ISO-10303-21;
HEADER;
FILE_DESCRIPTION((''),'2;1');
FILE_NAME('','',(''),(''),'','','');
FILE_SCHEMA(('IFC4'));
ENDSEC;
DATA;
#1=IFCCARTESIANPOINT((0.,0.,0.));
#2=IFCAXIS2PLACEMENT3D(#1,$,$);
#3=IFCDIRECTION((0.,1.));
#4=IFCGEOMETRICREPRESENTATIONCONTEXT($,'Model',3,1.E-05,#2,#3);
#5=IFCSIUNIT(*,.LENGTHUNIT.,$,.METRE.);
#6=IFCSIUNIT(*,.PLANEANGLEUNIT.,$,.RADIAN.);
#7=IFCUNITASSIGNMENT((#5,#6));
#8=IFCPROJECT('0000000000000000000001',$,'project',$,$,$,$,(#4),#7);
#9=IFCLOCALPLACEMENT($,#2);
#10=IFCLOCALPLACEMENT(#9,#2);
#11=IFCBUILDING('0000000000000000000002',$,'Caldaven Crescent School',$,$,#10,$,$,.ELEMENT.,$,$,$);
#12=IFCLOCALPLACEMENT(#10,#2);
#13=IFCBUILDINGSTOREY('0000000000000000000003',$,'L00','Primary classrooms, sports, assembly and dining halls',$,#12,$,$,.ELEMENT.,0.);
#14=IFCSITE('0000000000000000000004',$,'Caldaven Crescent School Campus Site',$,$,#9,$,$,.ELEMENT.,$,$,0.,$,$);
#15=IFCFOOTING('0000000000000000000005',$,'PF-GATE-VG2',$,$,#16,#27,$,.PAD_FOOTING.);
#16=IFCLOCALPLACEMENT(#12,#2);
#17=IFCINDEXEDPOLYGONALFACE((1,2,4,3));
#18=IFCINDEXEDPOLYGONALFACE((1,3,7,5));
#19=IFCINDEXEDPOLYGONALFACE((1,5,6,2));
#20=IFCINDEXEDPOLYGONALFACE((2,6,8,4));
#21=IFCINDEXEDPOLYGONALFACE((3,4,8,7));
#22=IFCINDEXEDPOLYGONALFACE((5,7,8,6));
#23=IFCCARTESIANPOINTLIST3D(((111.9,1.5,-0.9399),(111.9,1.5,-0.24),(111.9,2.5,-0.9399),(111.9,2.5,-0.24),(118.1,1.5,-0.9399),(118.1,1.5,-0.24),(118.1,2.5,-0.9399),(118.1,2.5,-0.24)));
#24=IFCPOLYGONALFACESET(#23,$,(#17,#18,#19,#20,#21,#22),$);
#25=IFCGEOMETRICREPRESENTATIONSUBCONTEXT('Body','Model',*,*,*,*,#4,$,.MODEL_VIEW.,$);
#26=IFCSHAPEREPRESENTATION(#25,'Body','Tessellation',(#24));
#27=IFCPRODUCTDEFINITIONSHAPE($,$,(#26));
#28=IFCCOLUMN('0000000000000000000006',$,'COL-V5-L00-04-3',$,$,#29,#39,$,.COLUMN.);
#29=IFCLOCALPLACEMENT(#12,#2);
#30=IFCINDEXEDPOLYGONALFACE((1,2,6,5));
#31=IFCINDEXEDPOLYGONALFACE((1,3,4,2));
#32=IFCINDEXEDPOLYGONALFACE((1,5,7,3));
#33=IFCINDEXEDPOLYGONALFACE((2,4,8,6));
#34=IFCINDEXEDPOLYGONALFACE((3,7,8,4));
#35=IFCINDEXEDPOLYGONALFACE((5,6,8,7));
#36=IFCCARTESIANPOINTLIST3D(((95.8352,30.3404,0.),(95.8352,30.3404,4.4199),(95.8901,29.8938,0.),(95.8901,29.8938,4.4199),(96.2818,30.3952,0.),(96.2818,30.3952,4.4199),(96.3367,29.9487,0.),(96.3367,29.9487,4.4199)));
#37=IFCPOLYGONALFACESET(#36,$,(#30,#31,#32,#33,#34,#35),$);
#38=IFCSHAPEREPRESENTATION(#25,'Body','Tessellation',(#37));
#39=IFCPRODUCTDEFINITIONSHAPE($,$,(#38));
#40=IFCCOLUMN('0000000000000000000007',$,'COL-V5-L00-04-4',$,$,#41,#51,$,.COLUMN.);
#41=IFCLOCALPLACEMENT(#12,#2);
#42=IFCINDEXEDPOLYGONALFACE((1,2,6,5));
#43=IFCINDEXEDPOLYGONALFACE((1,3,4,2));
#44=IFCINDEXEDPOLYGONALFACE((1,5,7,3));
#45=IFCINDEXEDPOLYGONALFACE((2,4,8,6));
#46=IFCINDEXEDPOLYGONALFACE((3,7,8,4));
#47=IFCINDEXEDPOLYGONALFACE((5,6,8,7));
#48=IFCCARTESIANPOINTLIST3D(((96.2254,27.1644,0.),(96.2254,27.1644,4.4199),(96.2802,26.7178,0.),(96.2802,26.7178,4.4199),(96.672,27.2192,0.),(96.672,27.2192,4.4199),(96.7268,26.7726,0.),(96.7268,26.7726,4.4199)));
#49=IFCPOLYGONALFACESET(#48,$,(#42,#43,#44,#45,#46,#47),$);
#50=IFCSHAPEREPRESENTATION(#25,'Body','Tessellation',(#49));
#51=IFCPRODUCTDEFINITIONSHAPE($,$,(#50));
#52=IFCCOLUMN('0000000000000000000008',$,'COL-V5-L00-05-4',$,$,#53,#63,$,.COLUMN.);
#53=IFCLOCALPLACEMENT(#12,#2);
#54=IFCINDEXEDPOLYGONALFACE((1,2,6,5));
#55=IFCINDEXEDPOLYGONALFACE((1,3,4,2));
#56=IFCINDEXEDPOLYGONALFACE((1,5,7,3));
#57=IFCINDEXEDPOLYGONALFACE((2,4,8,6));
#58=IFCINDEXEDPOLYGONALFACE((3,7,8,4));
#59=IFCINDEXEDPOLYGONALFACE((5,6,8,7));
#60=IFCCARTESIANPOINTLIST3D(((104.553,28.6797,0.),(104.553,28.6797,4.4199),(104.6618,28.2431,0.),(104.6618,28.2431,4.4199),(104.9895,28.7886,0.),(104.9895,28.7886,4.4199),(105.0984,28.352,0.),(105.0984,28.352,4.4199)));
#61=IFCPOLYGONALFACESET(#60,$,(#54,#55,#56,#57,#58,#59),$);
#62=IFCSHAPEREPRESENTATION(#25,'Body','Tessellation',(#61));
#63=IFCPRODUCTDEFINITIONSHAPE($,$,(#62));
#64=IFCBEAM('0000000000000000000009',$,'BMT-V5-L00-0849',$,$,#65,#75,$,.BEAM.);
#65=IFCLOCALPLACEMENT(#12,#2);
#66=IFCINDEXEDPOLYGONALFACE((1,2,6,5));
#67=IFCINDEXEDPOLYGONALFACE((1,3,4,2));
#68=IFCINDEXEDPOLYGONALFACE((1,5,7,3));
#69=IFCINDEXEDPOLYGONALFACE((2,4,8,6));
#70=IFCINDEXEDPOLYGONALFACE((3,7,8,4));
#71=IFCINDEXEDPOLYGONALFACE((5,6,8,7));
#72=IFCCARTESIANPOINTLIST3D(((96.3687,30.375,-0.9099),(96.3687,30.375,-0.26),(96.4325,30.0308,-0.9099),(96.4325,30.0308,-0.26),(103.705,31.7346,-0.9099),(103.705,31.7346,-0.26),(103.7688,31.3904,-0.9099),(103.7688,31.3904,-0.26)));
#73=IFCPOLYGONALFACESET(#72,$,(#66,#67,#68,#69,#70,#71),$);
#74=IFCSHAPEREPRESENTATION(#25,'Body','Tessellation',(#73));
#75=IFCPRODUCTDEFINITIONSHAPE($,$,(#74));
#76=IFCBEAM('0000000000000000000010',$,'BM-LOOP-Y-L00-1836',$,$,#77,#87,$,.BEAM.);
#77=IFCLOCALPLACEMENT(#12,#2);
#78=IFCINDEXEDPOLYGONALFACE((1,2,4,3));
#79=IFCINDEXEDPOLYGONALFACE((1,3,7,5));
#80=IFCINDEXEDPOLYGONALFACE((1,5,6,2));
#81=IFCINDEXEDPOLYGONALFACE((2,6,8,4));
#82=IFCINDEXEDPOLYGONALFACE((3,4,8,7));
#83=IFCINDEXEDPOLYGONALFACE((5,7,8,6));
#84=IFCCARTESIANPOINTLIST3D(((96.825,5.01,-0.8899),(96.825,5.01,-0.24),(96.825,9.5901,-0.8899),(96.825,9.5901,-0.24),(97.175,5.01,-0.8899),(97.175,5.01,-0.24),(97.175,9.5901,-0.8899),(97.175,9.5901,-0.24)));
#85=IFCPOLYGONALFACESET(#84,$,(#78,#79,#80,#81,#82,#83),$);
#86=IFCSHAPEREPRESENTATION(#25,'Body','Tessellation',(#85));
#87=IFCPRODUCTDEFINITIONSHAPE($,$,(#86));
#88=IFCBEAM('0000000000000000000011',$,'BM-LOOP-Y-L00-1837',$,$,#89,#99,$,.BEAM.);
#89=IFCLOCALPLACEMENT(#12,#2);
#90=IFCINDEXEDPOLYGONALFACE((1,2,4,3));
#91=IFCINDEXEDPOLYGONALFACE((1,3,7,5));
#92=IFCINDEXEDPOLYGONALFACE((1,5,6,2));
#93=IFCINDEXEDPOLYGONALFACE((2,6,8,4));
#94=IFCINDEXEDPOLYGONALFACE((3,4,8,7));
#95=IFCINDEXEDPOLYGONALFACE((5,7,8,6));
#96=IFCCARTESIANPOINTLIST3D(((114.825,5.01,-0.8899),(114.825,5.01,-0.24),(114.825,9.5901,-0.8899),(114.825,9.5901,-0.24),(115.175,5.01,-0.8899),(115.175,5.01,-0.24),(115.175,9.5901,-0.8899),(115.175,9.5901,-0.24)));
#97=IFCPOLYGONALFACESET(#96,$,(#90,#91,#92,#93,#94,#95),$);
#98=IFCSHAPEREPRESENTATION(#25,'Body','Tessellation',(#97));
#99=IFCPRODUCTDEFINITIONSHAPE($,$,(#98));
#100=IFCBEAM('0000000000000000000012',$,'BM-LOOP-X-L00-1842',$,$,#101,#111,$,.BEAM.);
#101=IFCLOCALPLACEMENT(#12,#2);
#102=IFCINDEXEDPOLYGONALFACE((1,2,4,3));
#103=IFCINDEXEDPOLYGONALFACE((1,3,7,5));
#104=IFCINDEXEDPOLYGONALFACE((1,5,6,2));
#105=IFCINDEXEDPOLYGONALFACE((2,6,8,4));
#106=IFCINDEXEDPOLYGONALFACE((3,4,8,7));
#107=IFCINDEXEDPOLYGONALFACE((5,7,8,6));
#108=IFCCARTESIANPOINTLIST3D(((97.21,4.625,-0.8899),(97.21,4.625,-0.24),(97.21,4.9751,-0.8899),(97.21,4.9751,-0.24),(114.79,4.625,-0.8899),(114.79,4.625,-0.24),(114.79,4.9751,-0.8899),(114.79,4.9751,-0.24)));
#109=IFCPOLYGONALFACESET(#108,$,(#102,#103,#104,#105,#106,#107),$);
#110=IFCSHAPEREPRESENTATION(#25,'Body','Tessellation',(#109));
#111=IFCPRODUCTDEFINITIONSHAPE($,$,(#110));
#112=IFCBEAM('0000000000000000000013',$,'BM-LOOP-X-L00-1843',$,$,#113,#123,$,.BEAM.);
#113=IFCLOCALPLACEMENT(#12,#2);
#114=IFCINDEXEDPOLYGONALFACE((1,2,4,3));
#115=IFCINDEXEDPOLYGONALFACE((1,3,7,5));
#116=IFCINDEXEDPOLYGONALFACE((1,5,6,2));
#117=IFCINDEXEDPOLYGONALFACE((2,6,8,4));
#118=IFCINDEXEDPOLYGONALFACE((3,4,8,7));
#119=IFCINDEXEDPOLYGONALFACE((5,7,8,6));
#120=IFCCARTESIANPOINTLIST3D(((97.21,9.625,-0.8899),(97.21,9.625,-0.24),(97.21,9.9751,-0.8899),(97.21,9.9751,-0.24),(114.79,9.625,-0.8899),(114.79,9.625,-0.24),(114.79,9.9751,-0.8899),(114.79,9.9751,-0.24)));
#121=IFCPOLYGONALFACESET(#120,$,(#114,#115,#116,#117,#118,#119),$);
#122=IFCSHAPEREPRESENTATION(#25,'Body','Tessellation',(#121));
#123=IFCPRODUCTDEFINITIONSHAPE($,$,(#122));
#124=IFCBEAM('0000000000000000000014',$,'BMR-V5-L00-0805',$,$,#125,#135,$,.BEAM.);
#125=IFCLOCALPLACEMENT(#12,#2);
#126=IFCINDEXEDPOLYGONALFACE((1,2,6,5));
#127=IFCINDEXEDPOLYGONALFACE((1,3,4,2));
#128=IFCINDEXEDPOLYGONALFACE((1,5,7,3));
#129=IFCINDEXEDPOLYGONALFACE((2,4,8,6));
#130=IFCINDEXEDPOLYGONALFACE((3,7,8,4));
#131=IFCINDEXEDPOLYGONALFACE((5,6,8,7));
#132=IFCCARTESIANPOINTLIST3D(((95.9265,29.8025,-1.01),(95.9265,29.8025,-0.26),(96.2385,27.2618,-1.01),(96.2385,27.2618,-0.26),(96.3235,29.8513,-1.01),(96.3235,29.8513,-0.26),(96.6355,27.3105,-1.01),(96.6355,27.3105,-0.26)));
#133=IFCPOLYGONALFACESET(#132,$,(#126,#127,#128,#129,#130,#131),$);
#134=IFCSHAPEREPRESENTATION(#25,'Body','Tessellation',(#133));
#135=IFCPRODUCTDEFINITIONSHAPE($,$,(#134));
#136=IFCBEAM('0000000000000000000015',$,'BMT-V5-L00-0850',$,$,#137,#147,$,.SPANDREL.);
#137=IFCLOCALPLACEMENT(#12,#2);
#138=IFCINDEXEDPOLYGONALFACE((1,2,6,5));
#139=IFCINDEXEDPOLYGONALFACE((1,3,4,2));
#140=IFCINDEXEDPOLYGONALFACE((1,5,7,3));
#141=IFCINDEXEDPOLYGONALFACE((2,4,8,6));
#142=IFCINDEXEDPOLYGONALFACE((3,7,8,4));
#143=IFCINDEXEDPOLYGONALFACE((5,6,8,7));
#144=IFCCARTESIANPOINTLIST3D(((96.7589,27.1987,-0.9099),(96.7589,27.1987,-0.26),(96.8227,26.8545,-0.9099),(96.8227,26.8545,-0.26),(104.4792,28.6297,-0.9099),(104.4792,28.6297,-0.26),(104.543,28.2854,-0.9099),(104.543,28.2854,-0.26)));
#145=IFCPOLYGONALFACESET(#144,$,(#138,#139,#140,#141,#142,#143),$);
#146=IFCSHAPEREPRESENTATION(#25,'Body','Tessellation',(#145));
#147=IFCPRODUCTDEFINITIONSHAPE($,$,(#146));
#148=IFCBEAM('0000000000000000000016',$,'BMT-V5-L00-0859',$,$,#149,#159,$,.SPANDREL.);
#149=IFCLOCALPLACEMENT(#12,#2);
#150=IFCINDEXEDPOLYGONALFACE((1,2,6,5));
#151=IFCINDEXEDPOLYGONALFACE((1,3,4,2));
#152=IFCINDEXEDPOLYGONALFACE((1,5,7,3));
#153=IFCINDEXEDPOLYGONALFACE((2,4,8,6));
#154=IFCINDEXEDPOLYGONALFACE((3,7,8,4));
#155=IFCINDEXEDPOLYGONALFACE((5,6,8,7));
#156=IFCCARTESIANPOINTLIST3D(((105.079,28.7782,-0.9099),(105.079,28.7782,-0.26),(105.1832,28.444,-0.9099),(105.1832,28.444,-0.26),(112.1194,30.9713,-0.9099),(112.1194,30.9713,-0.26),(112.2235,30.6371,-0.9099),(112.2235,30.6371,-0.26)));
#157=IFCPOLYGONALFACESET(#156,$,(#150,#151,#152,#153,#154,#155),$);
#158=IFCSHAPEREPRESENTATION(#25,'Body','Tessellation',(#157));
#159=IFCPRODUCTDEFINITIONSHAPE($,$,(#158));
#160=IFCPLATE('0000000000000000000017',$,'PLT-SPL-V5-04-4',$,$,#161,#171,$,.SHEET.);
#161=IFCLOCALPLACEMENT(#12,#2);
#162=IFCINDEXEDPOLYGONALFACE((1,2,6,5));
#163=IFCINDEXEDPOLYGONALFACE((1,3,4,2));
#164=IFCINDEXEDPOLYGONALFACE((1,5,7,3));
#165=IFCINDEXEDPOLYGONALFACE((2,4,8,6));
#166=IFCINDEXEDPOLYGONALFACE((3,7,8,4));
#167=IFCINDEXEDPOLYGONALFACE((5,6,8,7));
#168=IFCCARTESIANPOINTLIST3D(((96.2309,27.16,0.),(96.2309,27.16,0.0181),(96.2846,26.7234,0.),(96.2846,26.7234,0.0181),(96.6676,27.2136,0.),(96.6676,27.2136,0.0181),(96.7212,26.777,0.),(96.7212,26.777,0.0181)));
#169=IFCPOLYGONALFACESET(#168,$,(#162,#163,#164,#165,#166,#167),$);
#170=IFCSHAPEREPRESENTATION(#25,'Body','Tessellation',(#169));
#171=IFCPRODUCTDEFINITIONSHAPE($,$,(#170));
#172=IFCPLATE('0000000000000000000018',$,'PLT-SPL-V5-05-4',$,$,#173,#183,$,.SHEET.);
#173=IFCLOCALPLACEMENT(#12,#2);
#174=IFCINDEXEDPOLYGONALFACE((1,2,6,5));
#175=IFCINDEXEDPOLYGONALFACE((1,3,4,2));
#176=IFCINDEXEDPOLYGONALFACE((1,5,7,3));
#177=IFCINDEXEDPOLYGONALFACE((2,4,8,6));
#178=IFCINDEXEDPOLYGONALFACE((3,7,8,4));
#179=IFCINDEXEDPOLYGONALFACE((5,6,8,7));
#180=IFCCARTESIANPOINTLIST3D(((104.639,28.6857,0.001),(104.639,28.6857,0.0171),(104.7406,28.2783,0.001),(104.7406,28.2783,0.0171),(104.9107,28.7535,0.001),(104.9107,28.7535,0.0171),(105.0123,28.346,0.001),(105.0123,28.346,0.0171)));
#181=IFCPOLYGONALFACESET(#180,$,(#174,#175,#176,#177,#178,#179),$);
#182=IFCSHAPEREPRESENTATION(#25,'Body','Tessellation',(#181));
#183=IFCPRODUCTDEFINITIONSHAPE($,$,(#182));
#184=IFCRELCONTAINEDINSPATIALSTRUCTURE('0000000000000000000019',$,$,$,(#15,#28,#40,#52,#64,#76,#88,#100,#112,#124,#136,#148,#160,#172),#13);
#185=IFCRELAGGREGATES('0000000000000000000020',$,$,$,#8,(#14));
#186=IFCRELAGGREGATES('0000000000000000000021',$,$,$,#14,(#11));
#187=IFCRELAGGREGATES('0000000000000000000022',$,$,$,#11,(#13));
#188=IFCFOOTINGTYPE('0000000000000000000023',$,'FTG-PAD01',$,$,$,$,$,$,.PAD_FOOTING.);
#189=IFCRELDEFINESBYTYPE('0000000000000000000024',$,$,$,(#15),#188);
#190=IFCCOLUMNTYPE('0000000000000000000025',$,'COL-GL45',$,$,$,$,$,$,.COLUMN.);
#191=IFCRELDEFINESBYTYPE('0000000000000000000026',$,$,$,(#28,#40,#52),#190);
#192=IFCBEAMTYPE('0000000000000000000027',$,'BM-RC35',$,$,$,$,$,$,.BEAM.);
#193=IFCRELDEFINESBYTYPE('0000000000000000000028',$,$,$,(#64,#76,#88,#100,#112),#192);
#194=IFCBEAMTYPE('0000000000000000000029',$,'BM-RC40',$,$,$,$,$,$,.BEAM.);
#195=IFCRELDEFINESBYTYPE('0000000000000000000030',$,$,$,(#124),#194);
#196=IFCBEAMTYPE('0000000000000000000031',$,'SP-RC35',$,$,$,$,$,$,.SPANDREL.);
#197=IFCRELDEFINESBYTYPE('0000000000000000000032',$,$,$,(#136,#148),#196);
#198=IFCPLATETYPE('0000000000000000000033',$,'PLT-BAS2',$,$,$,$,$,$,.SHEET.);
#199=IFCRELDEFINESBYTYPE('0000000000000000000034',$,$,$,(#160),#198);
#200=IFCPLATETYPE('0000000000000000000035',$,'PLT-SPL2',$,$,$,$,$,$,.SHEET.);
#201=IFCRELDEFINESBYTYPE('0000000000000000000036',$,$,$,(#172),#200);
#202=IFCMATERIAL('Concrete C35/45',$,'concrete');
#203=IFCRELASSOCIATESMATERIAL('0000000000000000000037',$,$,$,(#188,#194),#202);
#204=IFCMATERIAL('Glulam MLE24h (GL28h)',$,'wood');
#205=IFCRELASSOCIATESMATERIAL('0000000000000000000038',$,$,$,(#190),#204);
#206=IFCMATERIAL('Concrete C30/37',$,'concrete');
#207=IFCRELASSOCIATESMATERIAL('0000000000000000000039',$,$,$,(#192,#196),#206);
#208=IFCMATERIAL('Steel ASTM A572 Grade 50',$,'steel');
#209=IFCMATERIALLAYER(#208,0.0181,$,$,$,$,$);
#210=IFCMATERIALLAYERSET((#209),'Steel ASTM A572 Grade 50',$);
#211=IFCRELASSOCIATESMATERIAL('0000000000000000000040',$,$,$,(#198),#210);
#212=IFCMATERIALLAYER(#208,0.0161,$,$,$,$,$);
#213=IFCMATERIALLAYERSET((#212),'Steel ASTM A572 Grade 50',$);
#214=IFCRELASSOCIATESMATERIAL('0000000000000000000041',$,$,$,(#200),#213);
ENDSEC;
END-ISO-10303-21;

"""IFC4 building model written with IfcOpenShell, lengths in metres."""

from ifc_helpers import new_model, si_unit, direction, frame, origin, origin_2d, place, context, subcontext, project, spatial, rectangle, extrude, material, layer, layer_set, material_profile, profile_set, type_object, element, save


model = new_model("IFC4")

# Units and contexts
model_context = context("Model", 3, precision=1e-05, world=origin(), true_north=direction((0.0, 1.0)))
body_context = subcontext(model_context, "Body", "Model", "MODEL_VIEW")
ifc_project = project(units=[si_unit("LENGTHUNIT", "METRE"), si_unit("PLANEANGLEUNIT", "RADIAN")], contexts=[model_context])

# Site, building, storey
site_placement = place(None, origin())
site = spatial("IfcSite", under=ifc_project, at=site_placement, Name="Caldaven Crescent School Campus Site", CompositionType="ELEMENT", RefElevation=0.0)
building_placement = place(site_placement, origin())
building = spatial("IfcBuilding", under=site, at=building_placement, Name="Caldaven Crescent School", CompositionType="ELEMENT")
storey_placement = place(building_placement, origin())
storey = spatial("IfcBuildingStorey", under=building, at=storey_placement, Name="L00", Description="Primary classrooms, sports, assembly and dining halls", CompositionType="ELEMENT", Elevation=0.0)

# Footing
ifc_material_1 = material(Name="Concrete C35/45", Category="concrete")
footing_type = type_object("IfcFootingType", Name="FTG-PAD01", PredefinedType="PAD_FOOTING", material=ifc_material_1)
footing_placement = place(storey_placement, frame((115.0, 2.0, -0.9399), z_axis=(0.0, 0.0, 1.0), x_axis=(1.0, 0.0, 0.0)))
element("IfcFooting", 1, at=footing_placement, inside=storey, type_object=footing_type, Name="PF-GATE-VG2", PredefinedType="PAD_FOOTING", context=body_context, shape_type="SweptSolid", body=[
    extrude(rectangle(XDim=6.2, YDim=1.0, at=origin_2d()), origin(), (0.0, 0.0, 1.0), 0.7),
])

# Columns
ifc_material_2 = material(Name="Glulam MLE24h (GL28h)", Category="wood")
ifc_material_profile_1 = material_profile(ifc_material_2, rectangle(XDim=0.45, YDim=0.45, at=origin_2d()), Name="MLE 450x450")
ifc_profile_set_1 = profile_set([ifc_material_profile_1], Name="Glulam MLE24h (GL28h)")
column_type = type_object("IfcColumnType", Name="COL-GL45", PredefinedType="COLUMN", material=ifc_profile_set_1)
for number, where, z_axis, x_axis, name in (
    (2, (96.0859, 30.1445, 0.0), (0.0, 0.0, 1.0), (0.121869, -0.992546, 0.0), "COL-V5-L00-04-3"),
    (3, (96.4761, 26.9685, 0.0), (0.0, 0.0, 1.0), (0.121869, -0.992546, 0.0), "COL-V5-L00-04-4"),
    (4, (104.8257, 28.5159, 0.0), (0.0, 0.0, 1.0), (0.241922, -0.970296, 0.0), "COL-V5-L00-05-4"),
):
    element("IfcColumn", number, at=place(storey_placement, frame(where, z_axis=z_axis, x_axis=x_axis)), inside=storey, type_object=column_type, Name=name, PredefinedType="COLUMN", context=body_context, shape_type="SweptSolid", body=[
        extrude(rectangle(XDim=0.45, YDim=0.45, at=origin_2d()), origin(), (0.0, 0.0, 1.0), 4.4199),
    ])

# Beams
ifc_material_3 = material(Name="Concrete C30/37", Category="concrete")
ifc_material_profile_2 = material_profile(ifc_material_3, rectangle(XDim=0.3501, YDim=0.6499, at=origin_2d()), Name="RC 350x650")
ifc_profile_set_2 = profile_set([ifc_material_profile_2], Name="Concrete C30/37")
beam_type_1 = type_object("IfcBeamType", Name="BM-RC35", PredefinedType="BEAM", material=ifc_profile_set_2)
beam_1_placement = place(storey_placement, frame((96.4006, 30.2029, -0.585), z_axis=(0.983256, 0.182228, 0.0), x_axis=(-0.182228, 0.983256, 0.0)))
element("IfcBeam", 5, at=beam_1_placement, inside=storey, type_object=beam_type_1, Name="BMT-V5-L00-0849", PredefinedType="BEAM", context=body_context, shape_type="SweptSolid", body=[
    extrude(rectangle(XDim=0.3501, YDim=0.6499, at=origin_2d()), origin(), (0.0, 0.0, 1.0), 7.4612),
])
for number, where, z_axis, x_axis, name in (
    (6, (97.0, 5.01, -0.5649), (0.0, 1.0, 0.0), (-1.0, 0.0, 0.0), "BM-LOOP-Y-L00-1836"),
    (7, (115.0, 5.01, -0.5649), (0.0, 1.0, 0.0), (-1.0, 0.0, 0.0), "BM-LOOP-Y-L00-1837"),
):
    element("IfcBeam", number, at=place(storey_placement, frame(where, z_axis=z_axis, x_axis=x_axis)), inside=storey, type_object=beam_type_1, Name=name, PredefinedType="BEAM", context=body_context, shape_type="SweptSolid", body=[
        extrude(rectangle(XDim=0.3501, YDim=0.6499, at=origin_2d()), origin(), (0.0, 0.0, 1.0), 4.5801),
    ])
for number, where, z_axis, x_axis, name in (
    (8, (97.21, 4.8, -0.5649), (1.0, 0.0, 0.0), (0.0, 1.0, 0.0), "BM-LOOP-X-L00-1842"),
    (9, (97.21, 9.8, -0.5649), (1.0, 0.0, 0.0), (0.0, 1.0, 0.0), "BM-LOOP-X-L00-1843"),
):
    element("IfcBeam", number, at=place(storey_placement, frame(where, z_axis=z_axis, x_axis=x_axis)), inside=storey, type_object=beam_type_1, Name=name, PredefinedType="BEAM", context=body_context, shape_type="SweptSolid", body=[
        extrude(rectangle(XDim=0.3501, YDim=0.6499, at=origin_2d()), origin(), (0.0, 0.0, 1.0), 17.5801),
    ])
ifc_material_profile_3 = material_profile(ifc_material_1, rectangle(XDim=0.3999, YDim=0.75, at=origin_2d()), Name="RC 400x750")
ifc_profile_set_3 = profile_set([ifc_material_profile_3], Name="Concrete C35/45")
beam_type_2 = type_object("IfcBeamType", Name="BM-RC40", PredefinedType="BEAM", material=ifc_profile_set_3)
beam_2_placement = place(storey_placement, frame((96.125, 29.8269, -0.635), z_axis=(0.121886, -0.992544, 0.0), x_axis=(0.992544, 0.121886, 0.0)))
element("IfcBeam", 10, at=beam_2_placement, inside=storey, type_object=beam_type_2, Name="BMR-V5-L00-0805", PredefinedType="BEAM", context=body_context, shape_type="SweptSolid", body=[
    extrude(rectangle(XDim=0.3999, YDim=0.75, at=origin_2d()), origin(), (0.0, 0.0, 1.0), 2.5598),
])
ifc_material_profile_4 = material_profile(ifc_material_3, rectangle(XDim=0.3501, YDim=0.6499, at=origin_2d()), Name="RC 350x650")
ifc_profile_set_4 = profile_set([ifc_material_profile_4], Name="Concrete C30/37")
beam_type_3 = type_object("IfcBeamType", Name="SP-RC35", PredefinedType="SPANDREL", material=ifc_profile_set_4)
beam_3_placement = place(storey_placement, frame((96.7908, 27.0266, -0.585), z_axis=(0.983254, 0.182242, 0.0), x_axis=(-0.182242, 0.983254, 0.0)))
element("IfcBeam", 11, at=beam_3_placement, inside=storey, type_object=beam_type_3, Name="BMT-V5-L00-0850", PredefinedType="SPANDREL", context=body_context, shape_type="SweptSolid", body=[
    extrude(rectangle(XDim=0.3501, YDim=0.6499, at=origin_2d()), origin(), (0.0, 0.0, 1.0), 7.8518),
])
beam_4_placement = place(storey_placement, frame((105.1311, 28.6111, -0.585), z_axis=(0.954749, 0.297413, 0.0), x_axis=(-0.297413, 0.954749, 0.0)))
element("IfcBeam", 12, at=beam_4_placement, inside=storey, type_object=beam_type_3, Name="BMT-V5-L00-0859", PredefinedType="SPANDREL", context=body_context, shape_type="SweptSolid", body=[
    extrude(rectangle(XDim=0.3501, YDim=0.6499, at=origin_2d()), origin(), (0.0, 0.0, 1.0), 7.374),
])

# Plates
ifc_material_4 = material(Name="Steel ASTM A572 Grade 50", Category="steel")
ifc_layer_1 = layer(ifc_material_4, 0.0181)
ifc_layer_set_1 = layer_set([ifc_layer_1], Name="Steel ASTM A572 Grade 50")
plate_type_1 = type_object("IfcPlateType", Name="PLT-BAS2", PredefinedType="SHEET", material=ifc_layer_set_1)
plate_1_placement = place(storey_placement, frame((96.4761, 26.9685, 0.0), z_axis=(0.0, 0.0, 1.0), x_axis=(0.121869, -0.992546, 0.0)))
element("IfcPlate", 13, at=plate_1_placement, inside=storey, type_object=plate_type_1, Name="PLT-SPL-V5-04-4", PredefinedType="SHEET", context=body_context, shape_type="SweptSolid", body=[
    extrude(rectangle(XDim=0.4399, YDim=0.4399, at=origin_2d()), origin(), (0.0, 0.0, 1.0), 0.0181),
])
ifc_layer_2 = layer(ifc_material_4, 0.0161)
ifc_layer_set_2 = layer_set([ifc_layer_2], Name="Steel ASTM A572 Grade 50")
plate_type_2 = type_object("IfcPlateType", Name="PLT-SPL2", PredefinedType="SHEET", material=ifc_layer_set_2)
plate_2_placement = place(storey_placement, frame((104.8257, 28.5159, 0.001), z_axis=(0.0, 0.0, 1.0), x_axis=(0.241922, -0.970296, 0.0)))
element("IfcPlate", 14, at=plate_2_placement, inside=storey, type_object=plate_type_2, Name="PLT-SPL-V5-05-4", PredefinedType="SHEET", context=body_context, shape_type="SweptSolid", body=[
    extrude(rectangle(XDim=0.4199, YDim=0.28, at=origin_2d()), origin(), (0.0, 0.0, 1.0), 0.0161),
])

save(model, "model.ifc")
